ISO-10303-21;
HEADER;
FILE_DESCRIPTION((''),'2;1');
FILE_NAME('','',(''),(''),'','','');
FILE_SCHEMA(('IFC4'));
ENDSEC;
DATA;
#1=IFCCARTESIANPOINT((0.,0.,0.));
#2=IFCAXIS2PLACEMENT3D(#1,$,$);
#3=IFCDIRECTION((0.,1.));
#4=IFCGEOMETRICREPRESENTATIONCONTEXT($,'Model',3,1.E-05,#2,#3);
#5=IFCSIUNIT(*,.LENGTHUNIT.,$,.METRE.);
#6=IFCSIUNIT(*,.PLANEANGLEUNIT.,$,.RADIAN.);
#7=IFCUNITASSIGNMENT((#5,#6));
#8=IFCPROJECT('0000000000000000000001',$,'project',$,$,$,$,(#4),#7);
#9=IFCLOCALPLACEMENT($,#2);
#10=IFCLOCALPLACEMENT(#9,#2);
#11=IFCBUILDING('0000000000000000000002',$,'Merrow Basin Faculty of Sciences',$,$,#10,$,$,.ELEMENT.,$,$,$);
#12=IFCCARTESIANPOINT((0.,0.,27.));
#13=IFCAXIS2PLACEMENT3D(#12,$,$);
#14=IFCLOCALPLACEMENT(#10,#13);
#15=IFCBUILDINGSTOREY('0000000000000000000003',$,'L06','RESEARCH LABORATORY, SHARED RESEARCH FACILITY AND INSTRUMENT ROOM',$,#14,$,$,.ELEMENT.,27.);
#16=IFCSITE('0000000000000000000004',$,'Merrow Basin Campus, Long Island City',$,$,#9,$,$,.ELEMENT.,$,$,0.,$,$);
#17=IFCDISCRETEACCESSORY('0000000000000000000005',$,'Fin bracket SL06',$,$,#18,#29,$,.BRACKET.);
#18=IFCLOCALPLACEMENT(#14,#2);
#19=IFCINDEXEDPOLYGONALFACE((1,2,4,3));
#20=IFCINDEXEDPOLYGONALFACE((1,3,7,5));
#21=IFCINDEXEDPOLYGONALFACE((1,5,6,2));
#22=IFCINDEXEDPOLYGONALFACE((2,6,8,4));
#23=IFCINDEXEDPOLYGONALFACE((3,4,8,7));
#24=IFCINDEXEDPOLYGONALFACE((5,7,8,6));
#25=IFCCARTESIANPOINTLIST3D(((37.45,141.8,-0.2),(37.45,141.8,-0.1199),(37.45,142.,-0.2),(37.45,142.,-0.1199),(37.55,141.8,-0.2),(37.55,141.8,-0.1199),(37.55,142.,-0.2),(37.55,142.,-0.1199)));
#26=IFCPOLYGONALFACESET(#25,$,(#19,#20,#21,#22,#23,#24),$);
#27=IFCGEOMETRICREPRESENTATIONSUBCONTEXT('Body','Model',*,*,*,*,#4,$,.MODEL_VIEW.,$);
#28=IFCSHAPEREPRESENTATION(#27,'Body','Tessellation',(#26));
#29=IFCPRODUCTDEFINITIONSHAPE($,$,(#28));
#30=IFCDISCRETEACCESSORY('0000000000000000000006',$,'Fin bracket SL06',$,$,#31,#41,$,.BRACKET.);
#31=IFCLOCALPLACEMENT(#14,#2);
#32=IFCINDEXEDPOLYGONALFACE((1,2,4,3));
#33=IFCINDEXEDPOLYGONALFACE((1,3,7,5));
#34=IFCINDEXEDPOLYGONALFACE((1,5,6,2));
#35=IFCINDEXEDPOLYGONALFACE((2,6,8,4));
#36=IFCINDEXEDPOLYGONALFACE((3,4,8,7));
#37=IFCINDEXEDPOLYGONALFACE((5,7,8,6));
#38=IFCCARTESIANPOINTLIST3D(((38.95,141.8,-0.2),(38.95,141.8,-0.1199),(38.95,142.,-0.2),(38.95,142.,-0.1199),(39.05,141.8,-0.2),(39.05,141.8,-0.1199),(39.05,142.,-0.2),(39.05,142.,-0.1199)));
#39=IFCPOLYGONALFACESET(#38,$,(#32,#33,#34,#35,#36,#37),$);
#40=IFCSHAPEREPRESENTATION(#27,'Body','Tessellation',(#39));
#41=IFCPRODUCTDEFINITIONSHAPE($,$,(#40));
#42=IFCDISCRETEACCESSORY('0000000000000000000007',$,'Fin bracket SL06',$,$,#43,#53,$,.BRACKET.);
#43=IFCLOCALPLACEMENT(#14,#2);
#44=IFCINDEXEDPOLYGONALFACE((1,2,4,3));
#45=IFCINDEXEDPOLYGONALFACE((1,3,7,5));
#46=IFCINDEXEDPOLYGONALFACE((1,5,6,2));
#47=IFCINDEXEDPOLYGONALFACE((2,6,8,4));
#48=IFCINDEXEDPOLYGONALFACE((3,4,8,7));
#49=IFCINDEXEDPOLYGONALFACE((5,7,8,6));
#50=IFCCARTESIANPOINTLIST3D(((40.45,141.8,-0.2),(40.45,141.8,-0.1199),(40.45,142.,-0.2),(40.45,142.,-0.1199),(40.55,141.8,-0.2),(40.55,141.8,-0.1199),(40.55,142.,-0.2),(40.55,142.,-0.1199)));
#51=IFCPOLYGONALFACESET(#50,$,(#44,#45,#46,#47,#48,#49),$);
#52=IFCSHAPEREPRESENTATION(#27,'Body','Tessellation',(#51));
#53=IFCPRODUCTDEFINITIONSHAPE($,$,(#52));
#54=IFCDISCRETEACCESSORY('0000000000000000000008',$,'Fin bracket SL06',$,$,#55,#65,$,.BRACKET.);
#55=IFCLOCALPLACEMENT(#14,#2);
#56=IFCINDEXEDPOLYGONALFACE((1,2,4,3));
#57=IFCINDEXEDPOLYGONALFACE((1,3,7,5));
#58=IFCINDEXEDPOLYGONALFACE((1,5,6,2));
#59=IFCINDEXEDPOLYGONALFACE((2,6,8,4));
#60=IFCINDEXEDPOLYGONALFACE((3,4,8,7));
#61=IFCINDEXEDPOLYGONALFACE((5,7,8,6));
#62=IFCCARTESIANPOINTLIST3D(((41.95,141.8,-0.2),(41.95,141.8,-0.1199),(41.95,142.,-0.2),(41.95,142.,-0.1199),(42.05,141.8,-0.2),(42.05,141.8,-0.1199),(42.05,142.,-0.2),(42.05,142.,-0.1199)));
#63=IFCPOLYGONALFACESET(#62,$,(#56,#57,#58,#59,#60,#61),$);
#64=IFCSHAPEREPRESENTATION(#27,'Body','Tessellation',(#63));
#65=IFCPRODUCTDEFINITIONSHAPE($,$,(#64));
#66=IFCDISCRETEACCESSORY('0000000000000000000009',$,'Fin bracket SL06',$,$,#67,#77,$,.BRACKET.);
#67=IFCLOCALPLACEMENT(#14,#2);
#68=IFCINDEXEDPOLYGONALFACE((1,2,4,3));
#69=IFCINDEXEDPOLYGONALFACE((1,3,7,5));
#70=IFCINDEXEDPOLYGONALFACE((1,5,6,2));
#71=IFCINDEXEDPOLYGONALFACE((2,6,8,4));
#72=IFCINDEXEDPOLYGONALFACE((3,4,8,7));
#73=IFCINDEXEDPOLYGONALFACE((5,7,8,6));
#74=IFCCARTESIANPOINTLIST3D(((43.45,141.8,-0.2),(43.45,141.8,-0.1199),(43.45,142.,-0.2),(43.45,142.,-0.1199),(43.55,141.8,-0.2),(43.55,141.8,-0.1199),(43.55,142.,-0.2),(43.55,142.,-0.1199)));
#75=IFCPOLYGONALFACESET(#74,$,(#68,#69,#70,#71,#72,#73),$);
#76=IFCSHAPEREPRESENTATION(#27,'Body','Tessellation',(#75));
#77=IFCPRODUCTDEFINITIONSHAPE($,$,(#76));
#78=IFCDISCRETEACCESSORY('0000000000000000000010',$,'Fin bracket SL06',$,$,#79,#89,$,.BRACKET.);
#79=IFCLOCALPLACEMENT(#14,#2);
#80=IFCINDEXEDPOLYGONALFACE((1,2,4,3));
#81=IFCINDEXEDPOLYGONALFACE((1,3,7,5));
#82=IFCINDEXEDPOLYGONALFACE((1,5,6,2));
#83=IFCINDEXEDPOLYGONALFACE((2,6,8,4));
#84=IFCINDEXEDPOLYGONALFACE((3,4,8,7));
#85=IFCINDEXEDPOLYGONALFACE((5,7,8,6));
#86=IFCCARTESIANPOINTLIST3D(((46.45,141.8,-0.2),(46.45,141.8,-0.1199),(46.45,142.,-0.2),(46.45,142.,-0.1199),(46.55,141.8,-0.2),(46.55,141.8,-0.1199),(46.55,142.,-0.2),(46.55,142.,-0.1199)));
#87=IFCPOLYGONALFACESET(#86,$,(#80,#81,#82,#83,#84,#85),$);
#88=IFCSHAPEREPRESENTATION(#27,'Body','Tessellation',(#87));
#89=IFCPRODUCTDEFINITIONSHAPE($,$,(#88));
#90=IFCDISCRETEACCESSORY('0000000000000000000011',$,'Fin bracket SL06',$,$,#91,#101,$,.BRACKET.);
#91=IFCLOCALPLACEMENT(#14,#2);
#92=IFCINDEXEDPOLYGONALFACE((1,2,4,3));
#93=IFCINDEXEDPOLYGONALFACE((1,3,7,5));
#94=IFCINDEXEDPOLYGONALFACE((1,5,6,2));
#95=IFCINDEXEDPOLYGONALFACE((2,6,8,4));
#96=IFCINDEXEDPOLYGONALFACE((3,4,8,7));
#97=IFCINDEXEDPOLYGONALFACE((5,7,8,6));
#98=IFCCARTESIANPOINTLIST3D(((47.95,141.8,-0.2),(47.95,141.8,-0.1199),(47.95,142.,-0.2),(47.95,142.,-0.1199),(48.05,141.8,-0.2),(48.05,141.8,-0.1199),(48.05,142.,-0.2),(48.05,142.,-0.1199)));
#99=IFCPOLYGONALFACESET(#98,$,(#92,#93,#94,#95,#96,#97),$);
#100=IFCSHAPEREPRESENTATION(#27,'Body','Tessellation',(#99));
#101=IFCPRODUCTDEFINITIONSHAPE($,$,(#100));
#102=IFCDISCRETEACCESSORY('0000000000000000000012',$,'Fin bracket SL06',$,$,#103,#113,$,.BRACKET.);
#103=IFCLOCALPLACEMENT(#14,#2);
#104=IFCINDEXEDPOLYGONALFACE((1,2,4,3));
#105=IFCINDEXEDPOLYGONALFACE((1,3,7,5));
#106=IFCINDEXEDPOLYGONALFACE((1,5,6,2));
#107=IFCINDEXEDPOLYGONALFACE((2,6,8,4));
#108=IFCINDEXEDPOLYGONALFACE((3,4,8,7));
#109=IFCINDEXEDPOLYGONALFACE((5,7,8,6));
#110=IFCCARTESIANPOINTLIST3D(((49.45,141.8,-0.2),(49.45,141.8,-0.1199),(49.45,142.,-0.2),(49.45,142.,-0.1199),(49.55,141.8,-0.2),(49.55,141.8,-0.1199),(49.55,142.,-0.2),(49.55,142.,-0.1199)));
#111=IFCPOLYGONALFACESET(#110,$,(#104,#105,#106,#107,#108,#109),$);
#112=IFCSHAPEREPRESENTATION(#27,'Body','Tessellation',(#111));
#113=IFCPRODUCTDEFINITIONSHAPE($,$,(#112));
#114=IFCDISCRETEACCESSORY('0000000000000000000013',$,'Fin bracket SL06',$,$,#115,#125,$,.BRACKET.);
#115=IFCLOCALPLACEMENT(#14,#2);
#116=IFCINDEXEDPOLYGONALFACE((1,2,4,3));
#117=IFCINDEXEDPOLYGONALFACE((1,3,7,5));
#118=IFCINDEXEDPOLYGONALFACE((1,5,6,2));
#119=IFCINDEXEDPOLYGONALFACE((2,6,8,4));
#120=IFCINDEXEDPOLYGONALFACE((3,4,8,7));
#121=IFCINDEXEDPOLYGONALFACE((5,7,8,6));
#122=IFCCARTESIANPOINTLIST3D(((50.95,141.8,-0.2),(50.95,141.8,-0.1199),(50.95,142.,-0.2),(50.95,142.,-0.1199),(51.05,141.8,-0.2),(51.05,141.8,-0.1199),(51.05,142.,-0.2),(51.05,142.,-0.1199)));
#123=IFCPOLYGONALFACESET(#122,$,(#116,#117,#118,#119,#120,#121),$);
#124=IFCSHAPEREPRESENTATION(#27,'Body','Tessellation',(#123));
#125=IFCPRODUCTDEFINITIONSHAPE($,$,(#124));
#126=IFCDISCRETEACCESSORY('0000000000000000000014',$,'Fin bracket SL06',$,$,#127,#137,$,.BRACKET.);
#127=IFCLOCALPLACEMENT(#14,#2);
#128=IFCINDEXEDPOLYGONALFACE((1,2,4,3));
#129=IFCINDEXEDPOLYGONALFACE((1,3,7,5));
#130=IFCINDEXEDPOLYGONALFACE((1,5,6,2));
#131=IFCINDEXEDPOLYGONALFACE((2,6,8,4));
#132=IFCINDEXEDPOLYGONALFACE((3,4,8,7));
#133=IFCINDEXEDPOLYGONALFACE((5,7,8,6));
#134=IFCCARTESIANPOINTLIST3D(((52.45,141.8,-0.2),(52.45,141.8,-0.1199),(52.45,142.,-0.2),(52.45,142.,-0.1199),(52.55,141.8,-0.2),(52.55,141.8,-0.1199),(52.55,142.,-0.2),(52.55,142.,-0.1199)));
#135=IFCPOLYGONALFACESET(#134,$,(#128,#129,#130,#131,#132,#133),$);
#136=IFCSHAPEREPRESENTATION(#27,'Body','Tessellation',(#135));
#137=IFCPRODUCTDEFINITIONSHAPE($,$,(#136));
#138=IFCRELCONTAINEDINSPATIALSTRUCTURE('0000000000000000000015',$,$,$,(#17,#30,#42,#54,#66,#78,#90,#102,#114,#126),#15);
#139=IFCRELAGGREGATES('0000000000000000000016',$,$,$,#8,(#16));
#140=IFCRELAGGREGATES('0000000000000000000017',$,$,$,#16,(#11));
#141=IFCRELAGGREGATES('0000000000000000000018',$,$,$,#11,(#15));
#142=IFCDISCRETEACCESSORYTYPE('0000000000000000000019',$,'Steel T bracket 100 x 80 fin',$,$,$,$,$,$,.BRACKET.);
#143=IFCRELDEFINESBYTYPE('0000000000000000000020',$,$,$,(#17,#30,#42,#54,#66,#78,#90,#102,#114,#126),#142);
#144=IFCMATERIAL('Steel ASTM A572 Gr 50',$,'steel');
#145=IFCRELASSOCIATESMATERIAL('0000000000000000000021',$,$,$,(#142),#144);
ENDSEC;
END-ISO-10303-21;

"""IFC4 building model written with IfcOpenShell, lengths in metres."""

from ifc_helpers import new_model, si_unit, direction, frame, origin, place, context, subcontext, project, spatial, polyline, outline, extrude, source, transform, mapped, material, type_object, element, save


model = new_model("IFC4")

# Units and contexts
model_context = context("Model", 3, precision=1e-05, world=origin(), true_north=direction((0.0, 1.0)))
body_context = subcontext(model_context, "Body", "Model", "MODEL_VIEW")
ifc_project = project(units=[si_unit("LENGTHUNIT", "METRE"), si_unit("PLANEANGLEUNIT", "RADIAN")], contexts=[model_context])

# Site, building, storey
site_placement = place(None, origin())
site = spatial("IfcSite", under=ifc_project, at=site_placement, Name="Merrow Basin Campus, Long Island City", CompositionType="ELEMENT", RefElevation=0.0)
building_placement = place(site_placement, origin())
building = spatial("IfcBuilding", under=site, at=building_placement, Name="Merrow Basin Faculty of Sciences", CompositionType="ELEMENT")
storey_placement = place(building_placement, frame((0.0, 0.0, 27.0)))
storey = spatial("IfcBuildingStorey", under=building, at=storey_placement, Name="L06", Description="RESEARCH LABORATORY, SHARED RESEARCH FACILITY AND INSTRUMENT ROOM", CompositionType="ELEMENT", Elevation=27.0)

# Discrete accessories
ifc_material_1 = material(Name="Steel ASTM A572 Gr 50", Category="steel")
discrete_accessory_type = type_object("IfcDiscreteAccessoryType", Name="Steel T bracket 100 x 80 fin", PredefinedType="BRACKET", material=ifc_material_1)
shared_shape_1 = source(origin(), body_context, "Body", "SweptSolid", [
    extrude(outline(polyline([(0.0, 0.0), (0.1001, 0.0), (0.1001, 0.0801), (0.0, 0.0801), (0.0, 0.0)])), origin(), (0.0, 0.0, 1.0), 0.2),
])
for number, where, z_axis, x_axis, name in (
    (1, (37.45, 142.0, -0.2), (0.0, -1.0, 0.0), (1.0, 0.0, 0.0), "Fin bracket SL06"),
    (2, (38.95, 142.0, -0.2), (0.0, -1.0, 0.0), (1.0, 0.0, 0.0), "Fin bracket SL06"),
    (3, (40.45, 142.0, -0.2), (0.0, -1.0, 0.0), (1.0, 0.0, 0.0), "Fin bracket SL06"),
    (4, (41.95, 142.0, -0.2), (0.0, -1.0, 0.0), (1.0, 0.0, 0.0), "Fin bracket SL06"),
    (5, (43.45, 142.0, -0.2), (0.0, -1.0, 0.0), (1.0, 0.0, 0.0), "Fin bracket SL06"),
    (6, (46.45, 142.0, -0.2), (0.0, -1.0, 0.0), (1.0, 0.0, 0.0), "Fin bracket SL06"),
    (7, (47.95, 142.0, -0.2), (0.0, -1.0, 0.0), (1.0, 0.0, 0.0), "Fin bracket SL06"),
    (8, (49.45, 142.0, -0.2), (0.0, -1.0, 0.0), (1.0, 0.0, 0.0), "Fin bracket SL06"),
    (9, (50.95, 142.0, -0.2), (0.0, -1.0, 0.0), (1.0, 0.0, 0.0), "Fin bracket SL06"),
    (10, (52.45, 142.0, -0.2), (0.0, -1.0, 0.0), (1.0, 0.0, 0.0), "Fin bracket SL06"),
):
    element("IfcDiscreteAccessory", number, at=place(storey_placement, frame(where, z_axis=z_axis, x_axis=x_axis)), inside=storey, type_object=discrete_accessory_type, Name=name, PredefinedType="BRACKET", context=body_context, shape_type="MappedRepresentation", body=[
        mapped(shared_shape_1, transform((0.0, 0.0, 0.0), scale=1.0)),
    ])

save(model, "model.ifc")
